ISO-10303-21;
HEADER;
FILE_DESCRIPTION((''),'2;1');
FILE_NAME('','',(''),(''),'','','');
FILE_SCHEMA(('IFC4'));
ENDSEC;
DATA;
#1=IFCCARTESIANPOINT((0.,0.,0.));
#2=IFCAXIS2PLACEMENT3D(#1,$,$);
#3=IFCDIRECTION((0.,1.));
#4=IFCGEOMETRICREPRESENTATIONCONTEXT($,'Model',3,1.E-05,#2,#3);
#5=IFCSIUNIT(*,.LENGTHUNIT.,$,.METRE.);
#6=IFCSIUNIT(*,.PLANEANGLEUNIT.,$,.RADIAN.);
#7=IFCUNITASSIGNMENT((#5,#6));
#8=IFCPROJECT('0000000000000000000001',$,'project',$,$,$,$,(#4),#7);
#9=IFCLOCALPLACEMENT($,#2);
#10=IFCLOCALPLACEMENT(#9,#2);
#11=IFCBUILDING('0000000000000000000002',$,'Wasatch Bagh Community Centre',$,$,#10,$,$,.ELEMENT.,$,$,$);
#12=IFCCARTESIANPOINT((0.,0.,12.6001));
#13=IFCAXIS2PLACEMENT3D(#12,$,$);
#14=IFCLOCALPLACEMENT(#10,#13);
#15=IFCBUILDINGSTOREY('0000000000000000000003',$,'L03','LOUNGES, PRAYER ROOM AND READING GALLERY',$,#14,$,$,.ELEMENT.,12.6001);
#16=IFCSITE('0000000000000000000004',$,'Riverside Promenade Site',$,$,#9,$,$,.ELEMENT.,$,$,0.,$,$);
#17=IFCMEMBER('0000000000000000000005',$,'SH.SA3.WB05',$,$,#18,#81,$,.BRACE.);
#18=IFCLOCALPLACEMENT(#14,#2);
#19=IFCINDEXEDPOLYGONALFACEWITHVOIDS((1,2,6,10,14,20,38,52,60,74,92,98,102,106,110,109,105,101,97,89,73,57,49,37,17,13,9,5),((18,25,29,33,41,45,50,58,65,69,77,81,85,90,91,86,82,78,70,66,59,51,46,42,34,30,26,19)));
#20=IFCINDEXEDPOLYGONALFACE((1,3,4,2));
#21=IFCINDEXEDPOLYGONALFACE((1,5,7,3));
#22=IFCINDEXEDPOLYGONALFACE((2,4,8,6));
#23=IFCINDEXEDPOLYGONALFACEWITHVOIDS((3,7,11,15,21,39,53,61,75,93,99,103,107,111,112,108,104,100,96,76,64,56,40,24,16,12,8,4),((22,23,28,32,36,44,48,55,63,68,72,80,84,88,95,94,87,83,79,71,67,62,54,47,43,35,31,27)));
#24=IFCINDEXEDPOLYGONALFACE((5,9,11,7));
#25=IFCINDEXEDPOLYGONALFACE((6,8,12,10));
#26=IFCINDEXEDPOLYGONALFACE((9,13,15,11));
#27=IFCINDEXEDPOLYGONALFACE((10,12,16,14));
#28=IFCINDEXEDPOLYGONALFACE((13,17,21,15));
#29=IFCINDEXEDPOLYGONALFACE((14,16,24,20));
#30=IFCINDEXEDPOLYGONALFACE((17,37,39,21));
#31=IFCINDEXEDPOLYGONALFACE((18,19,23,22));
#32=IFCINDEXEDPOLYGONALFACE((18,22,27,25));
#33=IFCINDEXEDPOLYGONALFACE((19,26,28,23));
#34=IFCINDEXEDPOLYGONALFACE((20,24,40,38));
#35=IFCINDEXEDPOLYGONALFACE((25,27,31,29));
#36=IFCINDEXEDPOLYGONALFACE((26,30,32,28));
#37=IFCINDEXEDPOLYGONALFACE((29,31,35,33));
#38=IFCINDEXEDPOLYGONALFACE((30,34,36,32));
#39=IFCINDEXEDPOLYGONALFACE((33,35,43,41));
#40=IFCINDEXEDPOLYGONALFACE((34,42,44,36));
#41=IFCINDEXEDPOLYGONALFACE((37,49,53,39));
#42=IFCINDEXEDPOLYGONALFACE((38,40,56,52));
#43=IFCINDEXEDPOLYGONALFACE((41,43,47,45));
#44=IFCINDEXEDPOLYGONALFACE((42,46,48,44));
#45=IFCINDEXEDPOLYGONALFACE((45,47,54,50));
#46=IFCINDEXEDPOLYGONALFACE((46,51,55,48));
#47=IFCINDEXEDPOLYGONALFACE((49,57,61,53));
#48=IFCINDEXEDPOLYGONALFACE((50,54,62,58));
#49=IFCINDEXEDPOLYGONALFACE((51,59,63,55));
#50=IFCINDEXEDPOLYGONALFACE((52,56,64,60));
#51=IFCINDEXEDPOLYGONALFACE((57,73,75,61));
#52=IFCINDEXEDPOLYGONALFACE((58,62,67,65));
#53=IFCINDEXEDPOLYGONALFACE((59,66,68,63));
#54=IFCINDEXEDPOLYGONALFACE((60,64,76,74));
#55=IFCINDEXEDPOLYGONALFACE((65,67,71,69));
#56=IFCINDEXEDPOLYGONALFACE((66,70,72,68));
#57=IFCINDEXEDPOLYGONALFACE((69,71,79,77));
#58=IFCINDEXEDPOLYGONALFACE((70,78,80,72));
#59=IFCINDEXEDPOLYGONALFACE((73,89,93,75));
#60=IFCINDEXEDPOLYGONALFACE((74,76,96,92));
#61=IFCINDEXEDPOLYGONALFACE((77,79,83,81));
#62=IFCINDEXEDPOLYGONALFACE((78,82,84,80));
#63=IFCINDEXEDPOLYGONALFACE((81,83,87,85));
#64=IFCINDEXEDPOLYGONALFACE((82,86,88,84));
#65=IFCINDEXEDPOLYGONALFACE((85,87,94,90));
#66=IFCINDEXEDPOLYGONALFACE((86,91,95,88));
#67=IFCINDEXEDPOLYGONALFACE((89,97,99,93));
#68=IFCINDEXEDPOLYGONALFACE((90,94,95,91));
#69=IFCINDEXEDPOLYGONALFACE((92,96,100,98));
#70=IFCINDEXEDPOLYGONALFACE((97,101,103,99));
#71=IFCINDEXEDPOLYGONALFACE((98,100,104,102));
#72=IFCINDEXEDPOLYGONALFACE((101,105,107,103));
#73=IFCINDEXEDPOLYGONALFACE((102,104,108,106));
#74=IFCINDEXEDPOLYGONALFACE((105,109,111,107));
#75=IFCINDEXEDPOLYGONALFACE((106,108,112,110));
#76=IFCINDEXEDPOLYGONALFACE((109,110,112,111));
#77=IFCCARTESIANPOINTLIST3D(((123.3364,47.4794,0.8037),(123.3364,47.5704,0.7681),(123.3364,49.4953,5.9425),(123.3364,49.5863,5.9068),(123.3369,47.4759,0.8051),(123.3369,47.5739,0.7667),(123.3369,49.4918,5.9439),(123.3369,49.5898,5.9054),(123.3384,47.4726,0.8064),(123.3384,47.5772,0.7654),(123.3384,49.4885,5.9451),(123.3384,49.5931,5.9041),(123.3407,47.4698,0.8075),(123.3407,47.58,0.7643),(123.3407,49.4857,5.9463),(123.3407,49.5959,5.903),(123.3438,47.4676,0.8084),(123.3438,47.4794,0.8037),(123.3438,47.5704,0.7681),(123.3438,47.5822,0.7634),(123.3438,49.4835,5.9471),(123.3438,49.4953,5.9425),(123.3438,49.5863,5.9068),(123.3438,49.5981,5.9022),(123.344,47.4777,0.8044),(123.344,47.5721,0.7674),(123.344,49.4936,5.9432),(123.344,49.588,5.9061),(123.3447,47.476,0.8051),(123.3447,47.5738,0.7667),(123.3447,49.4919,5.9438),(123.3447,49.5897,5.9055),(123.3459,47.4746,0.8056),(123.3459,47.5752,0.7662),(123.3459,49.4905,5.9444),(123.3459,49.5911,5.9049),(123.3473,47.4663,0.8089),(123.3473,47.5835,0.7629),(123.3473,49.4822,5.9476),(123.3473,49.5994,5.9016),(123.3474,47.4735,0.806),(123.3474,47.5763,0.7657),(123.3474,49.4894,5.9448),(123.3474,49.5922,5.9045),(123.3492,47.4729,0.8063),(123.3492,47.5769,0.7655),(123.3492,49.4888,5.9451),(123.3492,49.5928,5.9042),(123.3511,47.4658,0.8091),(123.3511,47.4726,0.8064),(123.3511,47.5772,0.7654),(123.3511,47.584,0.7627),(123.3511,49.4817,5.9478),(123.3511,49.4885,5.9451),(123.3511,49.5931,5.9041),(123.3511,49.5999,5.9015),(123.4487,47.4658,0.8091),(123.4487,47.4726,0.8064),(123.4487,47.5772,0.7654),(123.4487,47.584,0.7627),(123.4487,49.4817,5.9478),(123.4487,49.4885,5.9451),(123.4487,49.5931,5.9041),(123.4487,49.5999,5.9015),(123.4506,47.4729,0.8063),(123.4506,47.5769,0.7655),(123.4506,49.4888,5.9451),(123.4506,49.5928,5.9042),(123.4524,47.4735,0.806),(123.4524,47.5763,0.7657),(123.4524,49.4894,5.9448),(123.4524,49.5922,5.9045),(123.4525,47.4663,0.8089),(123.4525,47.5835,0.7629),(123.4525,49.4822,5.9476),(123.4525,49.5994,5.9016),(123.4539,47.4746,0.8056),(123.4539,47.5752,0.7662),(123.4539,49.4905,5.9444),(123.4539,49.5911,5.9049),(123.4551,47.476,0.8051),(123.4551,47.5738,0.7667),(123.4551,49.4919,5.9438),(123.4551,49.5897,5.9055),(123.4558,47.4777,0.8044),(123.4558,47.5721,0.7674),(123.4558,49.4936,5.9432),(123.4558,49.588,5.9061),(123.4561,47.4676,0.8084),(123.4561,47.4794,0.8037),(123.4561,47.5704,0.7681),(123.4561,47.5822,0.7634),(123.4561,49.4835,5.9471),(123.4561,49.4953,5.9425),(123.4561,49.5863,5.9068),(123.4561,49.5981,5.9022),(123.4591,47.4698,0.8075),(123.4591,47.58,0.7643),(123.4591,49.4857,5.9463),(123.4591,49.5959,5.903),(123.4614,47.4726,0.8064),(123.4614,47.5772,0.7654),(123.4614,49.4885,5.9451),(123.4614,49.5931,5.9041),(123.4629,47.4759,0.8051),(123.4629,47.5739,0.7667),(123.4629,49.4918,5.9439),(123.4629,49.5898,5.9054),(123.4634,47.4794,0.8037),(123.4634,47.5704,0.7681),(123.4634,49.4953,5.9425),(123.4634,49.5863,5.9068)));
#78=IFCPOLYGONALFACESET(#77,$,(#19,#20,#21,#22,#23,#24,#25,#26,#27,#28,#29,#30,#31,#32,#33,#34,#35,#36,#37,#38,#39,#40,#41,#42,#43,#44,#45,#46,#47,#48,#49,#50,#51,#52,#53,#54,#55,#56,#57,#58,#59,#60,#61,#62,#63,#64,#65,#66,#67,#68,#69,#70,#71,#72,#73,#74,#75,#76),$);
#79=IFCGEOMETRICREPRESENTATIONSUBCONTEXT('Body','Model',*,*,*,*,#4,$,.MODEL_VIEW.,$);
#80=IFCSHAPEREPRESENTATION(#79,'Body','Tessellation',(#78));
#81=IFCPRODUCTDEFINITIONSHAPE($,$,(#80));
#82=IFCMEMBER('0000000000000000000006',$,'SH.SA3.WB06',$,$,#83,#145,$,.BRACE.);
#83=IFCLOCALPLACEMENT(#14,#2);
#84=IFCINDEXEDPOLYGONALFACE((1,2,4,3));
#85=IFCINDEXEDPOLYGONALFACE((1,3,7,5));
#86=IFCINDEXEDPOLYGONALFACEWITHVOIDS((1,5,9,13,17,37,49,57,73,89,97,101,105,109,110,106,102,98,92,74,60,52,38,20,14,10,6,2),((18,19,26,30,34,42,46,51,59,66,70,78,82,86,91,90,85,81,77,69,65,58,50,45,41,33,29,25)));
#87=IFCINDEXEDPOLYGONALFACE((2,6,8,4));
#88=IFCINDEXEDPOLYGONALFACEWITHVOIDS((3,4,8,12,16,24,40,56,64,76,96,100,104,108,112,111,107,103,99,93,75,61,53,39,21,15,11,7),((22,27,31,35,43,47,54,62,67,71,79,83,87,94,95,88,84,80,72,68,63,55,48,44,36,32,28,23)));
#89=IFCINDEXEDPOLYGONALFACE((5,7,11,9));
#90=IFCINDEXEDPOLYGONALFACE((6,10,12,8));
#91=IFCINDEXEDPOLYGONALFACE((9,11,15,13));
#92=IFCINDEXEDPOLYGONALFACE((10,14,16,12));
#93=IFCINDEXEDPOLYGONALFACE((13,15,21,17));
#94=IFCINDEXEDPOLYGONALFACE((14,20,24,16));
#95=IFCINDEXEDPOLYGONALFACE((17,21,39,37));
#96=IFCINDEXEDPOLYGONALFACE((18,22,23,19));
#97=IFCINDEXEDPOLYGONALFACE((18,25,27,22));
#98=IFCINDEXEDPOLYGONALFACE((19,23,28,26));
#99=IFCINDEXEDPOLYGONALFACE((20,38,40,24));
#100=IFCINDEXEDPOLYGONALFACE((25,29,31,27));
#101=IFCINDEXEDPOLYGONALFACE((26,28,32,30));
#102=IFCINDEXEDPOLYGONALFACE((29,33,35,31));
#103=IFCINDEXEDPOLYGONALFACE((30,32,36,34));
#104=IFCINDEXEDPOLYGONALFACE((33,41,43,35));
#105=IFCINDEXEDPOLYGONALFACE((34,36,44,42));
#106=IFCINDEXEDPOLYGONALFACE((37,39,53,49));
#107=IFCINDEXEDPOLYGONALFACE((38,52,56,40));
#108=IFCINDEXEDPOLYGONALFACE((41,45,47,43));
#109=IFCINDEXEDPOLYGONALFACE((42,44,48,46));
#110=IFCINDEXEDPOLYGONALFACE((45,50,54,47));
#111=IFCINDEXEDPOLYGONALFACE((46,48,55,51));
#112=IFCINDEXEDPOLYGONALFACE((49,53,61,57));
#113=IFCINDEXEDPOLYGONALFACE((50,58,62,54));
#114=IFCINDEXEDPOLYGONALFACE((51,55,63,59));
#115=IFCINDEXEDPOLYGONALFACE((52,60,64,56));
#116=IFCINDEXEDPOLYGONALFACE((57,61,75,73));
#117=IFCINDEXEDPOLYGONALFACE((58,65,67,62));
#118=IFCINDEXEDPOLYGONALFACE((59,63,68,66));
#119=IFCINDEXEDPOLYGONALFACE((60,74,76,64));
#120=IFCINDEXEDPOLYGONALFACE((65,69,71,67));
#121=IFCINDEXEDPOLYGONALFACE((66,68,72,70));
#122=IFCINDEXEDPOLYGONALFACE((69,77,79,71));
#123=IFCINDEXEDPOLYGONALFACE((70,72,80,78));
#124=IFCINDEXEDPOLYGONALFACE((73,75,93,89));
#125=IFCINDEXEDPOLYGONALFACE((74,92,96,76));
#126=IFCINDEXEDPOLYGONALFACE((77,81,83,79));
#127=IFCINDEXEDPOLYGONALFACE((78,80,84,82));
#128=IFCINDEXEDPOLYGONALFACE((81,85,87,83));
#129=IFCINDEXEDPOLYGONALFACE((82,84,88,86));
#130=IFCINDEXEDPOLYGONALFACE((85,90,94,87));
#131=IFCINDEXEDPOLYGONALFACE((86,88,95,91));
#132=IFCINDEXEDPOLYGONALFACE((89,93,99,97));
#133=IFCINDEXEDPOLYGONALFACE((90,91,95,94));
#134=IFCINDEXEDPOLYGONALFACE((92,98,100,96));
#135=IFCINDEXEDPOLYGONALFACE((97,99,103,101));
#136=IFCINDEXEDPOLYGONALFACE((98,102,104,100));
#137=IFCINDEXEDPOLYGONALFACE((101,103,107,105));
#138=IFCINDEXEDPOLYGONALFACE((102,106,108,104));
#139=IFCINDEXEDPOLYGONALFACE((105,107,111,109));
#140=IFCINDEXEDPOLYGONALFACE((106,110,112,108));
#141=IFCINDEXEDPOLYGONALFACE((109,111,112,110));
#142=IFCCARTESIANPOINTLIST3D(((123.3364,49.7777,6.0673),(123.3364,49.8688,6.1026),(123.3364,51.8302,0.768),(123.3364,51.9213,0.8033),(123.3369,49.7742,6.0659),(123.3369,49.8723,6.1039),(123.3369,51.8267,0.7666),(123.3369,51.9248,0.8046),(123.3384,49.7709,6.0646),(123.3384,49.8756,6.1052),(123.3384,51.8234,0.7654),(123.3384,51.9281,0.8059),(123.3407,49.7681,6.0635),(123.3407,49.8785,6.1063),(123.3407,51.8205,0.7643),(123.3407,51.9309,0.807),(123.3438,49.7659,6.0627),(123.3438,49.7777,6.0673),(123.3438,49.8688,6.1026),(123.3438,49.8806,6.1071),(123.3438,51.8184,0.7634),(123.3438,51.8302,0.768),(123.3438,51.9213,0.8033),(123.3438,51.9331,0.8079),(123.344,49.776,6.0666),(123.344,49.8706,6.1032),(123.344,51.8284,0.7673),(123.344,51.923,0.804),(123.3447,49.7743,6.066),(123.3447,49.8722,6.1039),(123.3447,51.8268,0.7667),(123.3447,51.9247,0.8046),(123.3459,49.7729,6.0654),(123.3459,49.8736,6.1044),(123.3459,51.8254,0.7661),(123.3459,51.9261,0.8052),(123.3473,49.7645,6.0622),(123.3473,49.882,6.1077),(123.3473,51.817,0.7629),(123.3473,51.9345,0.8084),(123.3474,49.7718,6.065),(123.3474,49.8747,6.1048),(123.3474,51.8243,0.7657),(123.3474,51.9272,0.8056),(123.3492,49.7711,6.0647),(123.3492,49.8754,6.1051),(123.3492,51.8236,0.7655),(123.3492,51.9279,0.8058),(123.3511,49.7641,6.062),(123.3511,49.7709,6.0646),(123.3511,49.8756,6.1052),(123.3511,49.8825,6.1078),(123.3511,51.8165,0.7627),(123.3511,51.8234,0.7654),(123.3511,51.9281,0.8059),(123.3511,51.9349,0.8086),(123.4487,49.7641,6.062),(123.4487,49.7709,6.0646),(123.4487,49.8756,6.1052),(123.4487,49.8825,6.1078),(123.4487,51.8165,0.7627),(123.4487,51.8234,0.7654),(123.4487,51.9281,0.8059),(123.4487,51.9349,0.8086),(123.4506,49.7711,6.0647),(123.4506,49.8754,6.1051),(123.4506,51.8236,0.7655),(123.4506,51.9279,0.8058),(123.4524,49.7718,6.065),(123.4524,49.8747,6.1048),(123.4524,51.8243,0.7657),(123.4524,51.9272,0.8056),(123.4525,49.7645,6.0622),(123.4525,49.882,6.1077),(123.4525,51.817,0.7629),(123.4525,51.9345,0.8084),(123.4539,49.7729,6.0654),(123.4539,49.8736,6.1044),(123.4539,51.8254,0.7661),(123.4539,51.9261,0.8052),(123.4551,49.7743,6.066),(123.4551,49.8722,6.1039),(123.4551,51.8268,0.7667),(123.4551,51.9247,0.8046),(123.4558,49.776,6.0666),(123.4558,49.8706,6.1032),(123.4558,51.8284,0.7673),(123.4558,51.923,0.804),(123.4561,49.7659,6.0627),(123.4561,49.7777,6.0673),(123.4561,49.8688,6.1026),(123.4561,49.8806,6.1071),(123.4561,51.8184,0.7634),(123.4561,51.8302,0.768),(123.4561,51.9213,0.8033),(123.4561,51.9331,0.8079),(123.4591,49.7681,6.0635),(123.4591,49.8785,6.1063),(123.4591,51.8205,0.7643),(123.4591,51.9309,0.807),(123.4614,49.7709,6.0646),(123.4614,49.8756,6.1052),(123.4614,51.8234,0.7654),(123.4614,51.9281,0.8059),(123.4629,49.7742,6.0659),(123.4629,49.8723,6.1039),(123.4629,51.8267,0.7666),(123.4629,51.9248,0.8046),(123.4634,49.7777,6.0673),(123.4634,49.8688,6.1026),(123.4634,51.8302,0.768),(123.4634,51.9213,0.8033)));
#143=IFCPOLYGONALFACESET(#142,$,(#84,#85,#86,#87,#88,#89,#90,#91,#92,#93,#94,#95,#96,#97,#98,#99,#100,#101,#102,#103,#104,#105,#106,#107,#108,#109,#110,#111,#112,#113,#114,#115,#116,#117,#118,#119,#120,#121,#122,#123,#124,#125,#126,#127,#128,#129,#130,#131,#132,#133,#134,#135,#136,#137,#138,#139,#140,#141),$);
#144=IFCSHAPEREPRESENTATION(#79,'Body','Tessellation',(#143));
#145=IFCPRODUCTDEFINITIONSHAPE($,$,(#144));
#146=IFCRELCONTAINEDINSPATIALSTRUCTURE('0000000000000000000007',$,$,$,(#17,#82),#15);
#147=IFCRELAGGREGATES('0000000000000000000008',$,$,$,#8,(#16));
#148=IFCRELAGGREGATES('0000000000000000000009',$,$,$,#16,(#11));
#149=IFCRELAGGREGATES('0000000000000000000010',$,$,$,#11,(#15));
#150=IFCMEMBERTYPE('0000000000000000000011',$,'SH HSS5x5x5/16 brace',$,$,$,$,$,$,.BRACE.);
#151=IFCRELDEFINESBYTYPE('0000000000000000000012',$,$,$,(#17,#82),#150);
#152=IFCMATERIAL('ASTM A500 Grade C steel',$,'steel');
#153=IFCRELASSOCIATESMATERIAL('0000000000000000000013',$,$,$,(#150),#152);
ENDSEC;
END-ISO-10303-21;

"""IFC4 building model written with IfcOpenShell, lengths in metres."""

from ifc_helpers import new_model, si_unit, direction, frame, origin, origin_2d, place, context, subcontext, project, spatial, hollow_rectangle, extrude, material, material_profile, profile_set, type_object, element, save


model = new_model("IFC4")

# Units and contexts
model_context = context("Model", 3, precision=1e-05, world=origin(), true_north=direction((0.0, 1.0)))
body_context = subcontext(model_context, "Body", "Model", "MODEL_VIEW")
ifc_project = project(units=[si_unit("LENGTHUNIT", "METRE"), si_unit("PLANEANGLEUNIT", "RADIAN")], contexts=[model_context])

# Site, building, storey
site_placement = place(None, origin())
site = spatial("IfcSite", under=ifc_project, at=site_placement, Name="Riverside Promenade Site", CompositionType="ELEMENT", RefElevation=0.0)
building_placement = place(site_placement, origin())
building = spatial("IfcBuilding", under=site, at=building_placement, Name="Wasatch Bagh Community Centre", CompositionType="ELEMENT")
storey_placement = place(building_placement, frame((0.0, 0.0, 12.6001)))
storey = spatial("IfcBuildingStorey", under=building, at=storey_placement, Name="L03", Description="LOUNGES, PRAYER ROOM AND READING GALLERY", CompositionType="ELEMENT", Elevation=12.6001)

# Members
ifc_material_1 = material(Name="ASTM A500 Grade C steel", Category="steel")
ifc_material_profile_1 = material_profile(ifc_material_1, hollow_rectangle(XDim=0.127, YDim=0.127, WallThickness=0.0073, InnerFilletRadius=0.0073, OuterFilletRadius=0.0146, at=origin_2d()), Name="HSS5x5x5/16")
ifc_profile_set_1 = profile_set([ifc_material_profile_1], Name="ASTM A500 Grade C steel")
member_type_1 = type_object("IfcMemberType", Name="SH HSS5x5x5/16 brace", PredefinedType="BRACE", material=ifc_profile_set_1)
member_1_placement = place(storey_placement, frame((123.3999, 47.5249, 0.7859), z_axis=(0.0, 0.365198, 0.93093), x_axis=(-1.0, 0.0, 0.0)))
element("IfcMember", 1, at=member_1_placement, inside=storey, type_object=member_type_1, Name="SH.SA3.WB05", PredefinedType="BRACE", context=body_context, shape_type="SweptSolid", body=[
    extrude(hollow_rectangle(XDim=0.127, YDim=0.127, WallThickness=0.0073, InnerFilletRadius=0.0073, OuterFilletRadius=0.0146, at=origin_2d()), origin(), (0.0, 0.0, 1.0), 5.52),
])
for number, where, z_axis, x_axis, name in (
    (2, (123.3999, 51.8757, 0.7856), (0.0, -0.361169, 0.9325), (1.0, 0.0, 0.0), "SH.SA3.WB06"),
):
    element("IfcMember", number, at=place(storey_placement, frame(where, z_axis=z_axis, x_axis=x_axis)), inside=storey, type_object=member_type_1, Name=name, PredefinedType="BRACE", context=body_context, shape_type="SweptSolid", body=[
        extrude(hollow_rectangle(XDim=0.127, YDim=0.127, WallThickness=0.0073, InnerFilletRadius=0.0073, OuterFilletRadius=0.0146, at=origin_2d()), origin(), (0.0, 0.0, 1.0), 5.6829),
    ])

save(model, "model.ifc")
